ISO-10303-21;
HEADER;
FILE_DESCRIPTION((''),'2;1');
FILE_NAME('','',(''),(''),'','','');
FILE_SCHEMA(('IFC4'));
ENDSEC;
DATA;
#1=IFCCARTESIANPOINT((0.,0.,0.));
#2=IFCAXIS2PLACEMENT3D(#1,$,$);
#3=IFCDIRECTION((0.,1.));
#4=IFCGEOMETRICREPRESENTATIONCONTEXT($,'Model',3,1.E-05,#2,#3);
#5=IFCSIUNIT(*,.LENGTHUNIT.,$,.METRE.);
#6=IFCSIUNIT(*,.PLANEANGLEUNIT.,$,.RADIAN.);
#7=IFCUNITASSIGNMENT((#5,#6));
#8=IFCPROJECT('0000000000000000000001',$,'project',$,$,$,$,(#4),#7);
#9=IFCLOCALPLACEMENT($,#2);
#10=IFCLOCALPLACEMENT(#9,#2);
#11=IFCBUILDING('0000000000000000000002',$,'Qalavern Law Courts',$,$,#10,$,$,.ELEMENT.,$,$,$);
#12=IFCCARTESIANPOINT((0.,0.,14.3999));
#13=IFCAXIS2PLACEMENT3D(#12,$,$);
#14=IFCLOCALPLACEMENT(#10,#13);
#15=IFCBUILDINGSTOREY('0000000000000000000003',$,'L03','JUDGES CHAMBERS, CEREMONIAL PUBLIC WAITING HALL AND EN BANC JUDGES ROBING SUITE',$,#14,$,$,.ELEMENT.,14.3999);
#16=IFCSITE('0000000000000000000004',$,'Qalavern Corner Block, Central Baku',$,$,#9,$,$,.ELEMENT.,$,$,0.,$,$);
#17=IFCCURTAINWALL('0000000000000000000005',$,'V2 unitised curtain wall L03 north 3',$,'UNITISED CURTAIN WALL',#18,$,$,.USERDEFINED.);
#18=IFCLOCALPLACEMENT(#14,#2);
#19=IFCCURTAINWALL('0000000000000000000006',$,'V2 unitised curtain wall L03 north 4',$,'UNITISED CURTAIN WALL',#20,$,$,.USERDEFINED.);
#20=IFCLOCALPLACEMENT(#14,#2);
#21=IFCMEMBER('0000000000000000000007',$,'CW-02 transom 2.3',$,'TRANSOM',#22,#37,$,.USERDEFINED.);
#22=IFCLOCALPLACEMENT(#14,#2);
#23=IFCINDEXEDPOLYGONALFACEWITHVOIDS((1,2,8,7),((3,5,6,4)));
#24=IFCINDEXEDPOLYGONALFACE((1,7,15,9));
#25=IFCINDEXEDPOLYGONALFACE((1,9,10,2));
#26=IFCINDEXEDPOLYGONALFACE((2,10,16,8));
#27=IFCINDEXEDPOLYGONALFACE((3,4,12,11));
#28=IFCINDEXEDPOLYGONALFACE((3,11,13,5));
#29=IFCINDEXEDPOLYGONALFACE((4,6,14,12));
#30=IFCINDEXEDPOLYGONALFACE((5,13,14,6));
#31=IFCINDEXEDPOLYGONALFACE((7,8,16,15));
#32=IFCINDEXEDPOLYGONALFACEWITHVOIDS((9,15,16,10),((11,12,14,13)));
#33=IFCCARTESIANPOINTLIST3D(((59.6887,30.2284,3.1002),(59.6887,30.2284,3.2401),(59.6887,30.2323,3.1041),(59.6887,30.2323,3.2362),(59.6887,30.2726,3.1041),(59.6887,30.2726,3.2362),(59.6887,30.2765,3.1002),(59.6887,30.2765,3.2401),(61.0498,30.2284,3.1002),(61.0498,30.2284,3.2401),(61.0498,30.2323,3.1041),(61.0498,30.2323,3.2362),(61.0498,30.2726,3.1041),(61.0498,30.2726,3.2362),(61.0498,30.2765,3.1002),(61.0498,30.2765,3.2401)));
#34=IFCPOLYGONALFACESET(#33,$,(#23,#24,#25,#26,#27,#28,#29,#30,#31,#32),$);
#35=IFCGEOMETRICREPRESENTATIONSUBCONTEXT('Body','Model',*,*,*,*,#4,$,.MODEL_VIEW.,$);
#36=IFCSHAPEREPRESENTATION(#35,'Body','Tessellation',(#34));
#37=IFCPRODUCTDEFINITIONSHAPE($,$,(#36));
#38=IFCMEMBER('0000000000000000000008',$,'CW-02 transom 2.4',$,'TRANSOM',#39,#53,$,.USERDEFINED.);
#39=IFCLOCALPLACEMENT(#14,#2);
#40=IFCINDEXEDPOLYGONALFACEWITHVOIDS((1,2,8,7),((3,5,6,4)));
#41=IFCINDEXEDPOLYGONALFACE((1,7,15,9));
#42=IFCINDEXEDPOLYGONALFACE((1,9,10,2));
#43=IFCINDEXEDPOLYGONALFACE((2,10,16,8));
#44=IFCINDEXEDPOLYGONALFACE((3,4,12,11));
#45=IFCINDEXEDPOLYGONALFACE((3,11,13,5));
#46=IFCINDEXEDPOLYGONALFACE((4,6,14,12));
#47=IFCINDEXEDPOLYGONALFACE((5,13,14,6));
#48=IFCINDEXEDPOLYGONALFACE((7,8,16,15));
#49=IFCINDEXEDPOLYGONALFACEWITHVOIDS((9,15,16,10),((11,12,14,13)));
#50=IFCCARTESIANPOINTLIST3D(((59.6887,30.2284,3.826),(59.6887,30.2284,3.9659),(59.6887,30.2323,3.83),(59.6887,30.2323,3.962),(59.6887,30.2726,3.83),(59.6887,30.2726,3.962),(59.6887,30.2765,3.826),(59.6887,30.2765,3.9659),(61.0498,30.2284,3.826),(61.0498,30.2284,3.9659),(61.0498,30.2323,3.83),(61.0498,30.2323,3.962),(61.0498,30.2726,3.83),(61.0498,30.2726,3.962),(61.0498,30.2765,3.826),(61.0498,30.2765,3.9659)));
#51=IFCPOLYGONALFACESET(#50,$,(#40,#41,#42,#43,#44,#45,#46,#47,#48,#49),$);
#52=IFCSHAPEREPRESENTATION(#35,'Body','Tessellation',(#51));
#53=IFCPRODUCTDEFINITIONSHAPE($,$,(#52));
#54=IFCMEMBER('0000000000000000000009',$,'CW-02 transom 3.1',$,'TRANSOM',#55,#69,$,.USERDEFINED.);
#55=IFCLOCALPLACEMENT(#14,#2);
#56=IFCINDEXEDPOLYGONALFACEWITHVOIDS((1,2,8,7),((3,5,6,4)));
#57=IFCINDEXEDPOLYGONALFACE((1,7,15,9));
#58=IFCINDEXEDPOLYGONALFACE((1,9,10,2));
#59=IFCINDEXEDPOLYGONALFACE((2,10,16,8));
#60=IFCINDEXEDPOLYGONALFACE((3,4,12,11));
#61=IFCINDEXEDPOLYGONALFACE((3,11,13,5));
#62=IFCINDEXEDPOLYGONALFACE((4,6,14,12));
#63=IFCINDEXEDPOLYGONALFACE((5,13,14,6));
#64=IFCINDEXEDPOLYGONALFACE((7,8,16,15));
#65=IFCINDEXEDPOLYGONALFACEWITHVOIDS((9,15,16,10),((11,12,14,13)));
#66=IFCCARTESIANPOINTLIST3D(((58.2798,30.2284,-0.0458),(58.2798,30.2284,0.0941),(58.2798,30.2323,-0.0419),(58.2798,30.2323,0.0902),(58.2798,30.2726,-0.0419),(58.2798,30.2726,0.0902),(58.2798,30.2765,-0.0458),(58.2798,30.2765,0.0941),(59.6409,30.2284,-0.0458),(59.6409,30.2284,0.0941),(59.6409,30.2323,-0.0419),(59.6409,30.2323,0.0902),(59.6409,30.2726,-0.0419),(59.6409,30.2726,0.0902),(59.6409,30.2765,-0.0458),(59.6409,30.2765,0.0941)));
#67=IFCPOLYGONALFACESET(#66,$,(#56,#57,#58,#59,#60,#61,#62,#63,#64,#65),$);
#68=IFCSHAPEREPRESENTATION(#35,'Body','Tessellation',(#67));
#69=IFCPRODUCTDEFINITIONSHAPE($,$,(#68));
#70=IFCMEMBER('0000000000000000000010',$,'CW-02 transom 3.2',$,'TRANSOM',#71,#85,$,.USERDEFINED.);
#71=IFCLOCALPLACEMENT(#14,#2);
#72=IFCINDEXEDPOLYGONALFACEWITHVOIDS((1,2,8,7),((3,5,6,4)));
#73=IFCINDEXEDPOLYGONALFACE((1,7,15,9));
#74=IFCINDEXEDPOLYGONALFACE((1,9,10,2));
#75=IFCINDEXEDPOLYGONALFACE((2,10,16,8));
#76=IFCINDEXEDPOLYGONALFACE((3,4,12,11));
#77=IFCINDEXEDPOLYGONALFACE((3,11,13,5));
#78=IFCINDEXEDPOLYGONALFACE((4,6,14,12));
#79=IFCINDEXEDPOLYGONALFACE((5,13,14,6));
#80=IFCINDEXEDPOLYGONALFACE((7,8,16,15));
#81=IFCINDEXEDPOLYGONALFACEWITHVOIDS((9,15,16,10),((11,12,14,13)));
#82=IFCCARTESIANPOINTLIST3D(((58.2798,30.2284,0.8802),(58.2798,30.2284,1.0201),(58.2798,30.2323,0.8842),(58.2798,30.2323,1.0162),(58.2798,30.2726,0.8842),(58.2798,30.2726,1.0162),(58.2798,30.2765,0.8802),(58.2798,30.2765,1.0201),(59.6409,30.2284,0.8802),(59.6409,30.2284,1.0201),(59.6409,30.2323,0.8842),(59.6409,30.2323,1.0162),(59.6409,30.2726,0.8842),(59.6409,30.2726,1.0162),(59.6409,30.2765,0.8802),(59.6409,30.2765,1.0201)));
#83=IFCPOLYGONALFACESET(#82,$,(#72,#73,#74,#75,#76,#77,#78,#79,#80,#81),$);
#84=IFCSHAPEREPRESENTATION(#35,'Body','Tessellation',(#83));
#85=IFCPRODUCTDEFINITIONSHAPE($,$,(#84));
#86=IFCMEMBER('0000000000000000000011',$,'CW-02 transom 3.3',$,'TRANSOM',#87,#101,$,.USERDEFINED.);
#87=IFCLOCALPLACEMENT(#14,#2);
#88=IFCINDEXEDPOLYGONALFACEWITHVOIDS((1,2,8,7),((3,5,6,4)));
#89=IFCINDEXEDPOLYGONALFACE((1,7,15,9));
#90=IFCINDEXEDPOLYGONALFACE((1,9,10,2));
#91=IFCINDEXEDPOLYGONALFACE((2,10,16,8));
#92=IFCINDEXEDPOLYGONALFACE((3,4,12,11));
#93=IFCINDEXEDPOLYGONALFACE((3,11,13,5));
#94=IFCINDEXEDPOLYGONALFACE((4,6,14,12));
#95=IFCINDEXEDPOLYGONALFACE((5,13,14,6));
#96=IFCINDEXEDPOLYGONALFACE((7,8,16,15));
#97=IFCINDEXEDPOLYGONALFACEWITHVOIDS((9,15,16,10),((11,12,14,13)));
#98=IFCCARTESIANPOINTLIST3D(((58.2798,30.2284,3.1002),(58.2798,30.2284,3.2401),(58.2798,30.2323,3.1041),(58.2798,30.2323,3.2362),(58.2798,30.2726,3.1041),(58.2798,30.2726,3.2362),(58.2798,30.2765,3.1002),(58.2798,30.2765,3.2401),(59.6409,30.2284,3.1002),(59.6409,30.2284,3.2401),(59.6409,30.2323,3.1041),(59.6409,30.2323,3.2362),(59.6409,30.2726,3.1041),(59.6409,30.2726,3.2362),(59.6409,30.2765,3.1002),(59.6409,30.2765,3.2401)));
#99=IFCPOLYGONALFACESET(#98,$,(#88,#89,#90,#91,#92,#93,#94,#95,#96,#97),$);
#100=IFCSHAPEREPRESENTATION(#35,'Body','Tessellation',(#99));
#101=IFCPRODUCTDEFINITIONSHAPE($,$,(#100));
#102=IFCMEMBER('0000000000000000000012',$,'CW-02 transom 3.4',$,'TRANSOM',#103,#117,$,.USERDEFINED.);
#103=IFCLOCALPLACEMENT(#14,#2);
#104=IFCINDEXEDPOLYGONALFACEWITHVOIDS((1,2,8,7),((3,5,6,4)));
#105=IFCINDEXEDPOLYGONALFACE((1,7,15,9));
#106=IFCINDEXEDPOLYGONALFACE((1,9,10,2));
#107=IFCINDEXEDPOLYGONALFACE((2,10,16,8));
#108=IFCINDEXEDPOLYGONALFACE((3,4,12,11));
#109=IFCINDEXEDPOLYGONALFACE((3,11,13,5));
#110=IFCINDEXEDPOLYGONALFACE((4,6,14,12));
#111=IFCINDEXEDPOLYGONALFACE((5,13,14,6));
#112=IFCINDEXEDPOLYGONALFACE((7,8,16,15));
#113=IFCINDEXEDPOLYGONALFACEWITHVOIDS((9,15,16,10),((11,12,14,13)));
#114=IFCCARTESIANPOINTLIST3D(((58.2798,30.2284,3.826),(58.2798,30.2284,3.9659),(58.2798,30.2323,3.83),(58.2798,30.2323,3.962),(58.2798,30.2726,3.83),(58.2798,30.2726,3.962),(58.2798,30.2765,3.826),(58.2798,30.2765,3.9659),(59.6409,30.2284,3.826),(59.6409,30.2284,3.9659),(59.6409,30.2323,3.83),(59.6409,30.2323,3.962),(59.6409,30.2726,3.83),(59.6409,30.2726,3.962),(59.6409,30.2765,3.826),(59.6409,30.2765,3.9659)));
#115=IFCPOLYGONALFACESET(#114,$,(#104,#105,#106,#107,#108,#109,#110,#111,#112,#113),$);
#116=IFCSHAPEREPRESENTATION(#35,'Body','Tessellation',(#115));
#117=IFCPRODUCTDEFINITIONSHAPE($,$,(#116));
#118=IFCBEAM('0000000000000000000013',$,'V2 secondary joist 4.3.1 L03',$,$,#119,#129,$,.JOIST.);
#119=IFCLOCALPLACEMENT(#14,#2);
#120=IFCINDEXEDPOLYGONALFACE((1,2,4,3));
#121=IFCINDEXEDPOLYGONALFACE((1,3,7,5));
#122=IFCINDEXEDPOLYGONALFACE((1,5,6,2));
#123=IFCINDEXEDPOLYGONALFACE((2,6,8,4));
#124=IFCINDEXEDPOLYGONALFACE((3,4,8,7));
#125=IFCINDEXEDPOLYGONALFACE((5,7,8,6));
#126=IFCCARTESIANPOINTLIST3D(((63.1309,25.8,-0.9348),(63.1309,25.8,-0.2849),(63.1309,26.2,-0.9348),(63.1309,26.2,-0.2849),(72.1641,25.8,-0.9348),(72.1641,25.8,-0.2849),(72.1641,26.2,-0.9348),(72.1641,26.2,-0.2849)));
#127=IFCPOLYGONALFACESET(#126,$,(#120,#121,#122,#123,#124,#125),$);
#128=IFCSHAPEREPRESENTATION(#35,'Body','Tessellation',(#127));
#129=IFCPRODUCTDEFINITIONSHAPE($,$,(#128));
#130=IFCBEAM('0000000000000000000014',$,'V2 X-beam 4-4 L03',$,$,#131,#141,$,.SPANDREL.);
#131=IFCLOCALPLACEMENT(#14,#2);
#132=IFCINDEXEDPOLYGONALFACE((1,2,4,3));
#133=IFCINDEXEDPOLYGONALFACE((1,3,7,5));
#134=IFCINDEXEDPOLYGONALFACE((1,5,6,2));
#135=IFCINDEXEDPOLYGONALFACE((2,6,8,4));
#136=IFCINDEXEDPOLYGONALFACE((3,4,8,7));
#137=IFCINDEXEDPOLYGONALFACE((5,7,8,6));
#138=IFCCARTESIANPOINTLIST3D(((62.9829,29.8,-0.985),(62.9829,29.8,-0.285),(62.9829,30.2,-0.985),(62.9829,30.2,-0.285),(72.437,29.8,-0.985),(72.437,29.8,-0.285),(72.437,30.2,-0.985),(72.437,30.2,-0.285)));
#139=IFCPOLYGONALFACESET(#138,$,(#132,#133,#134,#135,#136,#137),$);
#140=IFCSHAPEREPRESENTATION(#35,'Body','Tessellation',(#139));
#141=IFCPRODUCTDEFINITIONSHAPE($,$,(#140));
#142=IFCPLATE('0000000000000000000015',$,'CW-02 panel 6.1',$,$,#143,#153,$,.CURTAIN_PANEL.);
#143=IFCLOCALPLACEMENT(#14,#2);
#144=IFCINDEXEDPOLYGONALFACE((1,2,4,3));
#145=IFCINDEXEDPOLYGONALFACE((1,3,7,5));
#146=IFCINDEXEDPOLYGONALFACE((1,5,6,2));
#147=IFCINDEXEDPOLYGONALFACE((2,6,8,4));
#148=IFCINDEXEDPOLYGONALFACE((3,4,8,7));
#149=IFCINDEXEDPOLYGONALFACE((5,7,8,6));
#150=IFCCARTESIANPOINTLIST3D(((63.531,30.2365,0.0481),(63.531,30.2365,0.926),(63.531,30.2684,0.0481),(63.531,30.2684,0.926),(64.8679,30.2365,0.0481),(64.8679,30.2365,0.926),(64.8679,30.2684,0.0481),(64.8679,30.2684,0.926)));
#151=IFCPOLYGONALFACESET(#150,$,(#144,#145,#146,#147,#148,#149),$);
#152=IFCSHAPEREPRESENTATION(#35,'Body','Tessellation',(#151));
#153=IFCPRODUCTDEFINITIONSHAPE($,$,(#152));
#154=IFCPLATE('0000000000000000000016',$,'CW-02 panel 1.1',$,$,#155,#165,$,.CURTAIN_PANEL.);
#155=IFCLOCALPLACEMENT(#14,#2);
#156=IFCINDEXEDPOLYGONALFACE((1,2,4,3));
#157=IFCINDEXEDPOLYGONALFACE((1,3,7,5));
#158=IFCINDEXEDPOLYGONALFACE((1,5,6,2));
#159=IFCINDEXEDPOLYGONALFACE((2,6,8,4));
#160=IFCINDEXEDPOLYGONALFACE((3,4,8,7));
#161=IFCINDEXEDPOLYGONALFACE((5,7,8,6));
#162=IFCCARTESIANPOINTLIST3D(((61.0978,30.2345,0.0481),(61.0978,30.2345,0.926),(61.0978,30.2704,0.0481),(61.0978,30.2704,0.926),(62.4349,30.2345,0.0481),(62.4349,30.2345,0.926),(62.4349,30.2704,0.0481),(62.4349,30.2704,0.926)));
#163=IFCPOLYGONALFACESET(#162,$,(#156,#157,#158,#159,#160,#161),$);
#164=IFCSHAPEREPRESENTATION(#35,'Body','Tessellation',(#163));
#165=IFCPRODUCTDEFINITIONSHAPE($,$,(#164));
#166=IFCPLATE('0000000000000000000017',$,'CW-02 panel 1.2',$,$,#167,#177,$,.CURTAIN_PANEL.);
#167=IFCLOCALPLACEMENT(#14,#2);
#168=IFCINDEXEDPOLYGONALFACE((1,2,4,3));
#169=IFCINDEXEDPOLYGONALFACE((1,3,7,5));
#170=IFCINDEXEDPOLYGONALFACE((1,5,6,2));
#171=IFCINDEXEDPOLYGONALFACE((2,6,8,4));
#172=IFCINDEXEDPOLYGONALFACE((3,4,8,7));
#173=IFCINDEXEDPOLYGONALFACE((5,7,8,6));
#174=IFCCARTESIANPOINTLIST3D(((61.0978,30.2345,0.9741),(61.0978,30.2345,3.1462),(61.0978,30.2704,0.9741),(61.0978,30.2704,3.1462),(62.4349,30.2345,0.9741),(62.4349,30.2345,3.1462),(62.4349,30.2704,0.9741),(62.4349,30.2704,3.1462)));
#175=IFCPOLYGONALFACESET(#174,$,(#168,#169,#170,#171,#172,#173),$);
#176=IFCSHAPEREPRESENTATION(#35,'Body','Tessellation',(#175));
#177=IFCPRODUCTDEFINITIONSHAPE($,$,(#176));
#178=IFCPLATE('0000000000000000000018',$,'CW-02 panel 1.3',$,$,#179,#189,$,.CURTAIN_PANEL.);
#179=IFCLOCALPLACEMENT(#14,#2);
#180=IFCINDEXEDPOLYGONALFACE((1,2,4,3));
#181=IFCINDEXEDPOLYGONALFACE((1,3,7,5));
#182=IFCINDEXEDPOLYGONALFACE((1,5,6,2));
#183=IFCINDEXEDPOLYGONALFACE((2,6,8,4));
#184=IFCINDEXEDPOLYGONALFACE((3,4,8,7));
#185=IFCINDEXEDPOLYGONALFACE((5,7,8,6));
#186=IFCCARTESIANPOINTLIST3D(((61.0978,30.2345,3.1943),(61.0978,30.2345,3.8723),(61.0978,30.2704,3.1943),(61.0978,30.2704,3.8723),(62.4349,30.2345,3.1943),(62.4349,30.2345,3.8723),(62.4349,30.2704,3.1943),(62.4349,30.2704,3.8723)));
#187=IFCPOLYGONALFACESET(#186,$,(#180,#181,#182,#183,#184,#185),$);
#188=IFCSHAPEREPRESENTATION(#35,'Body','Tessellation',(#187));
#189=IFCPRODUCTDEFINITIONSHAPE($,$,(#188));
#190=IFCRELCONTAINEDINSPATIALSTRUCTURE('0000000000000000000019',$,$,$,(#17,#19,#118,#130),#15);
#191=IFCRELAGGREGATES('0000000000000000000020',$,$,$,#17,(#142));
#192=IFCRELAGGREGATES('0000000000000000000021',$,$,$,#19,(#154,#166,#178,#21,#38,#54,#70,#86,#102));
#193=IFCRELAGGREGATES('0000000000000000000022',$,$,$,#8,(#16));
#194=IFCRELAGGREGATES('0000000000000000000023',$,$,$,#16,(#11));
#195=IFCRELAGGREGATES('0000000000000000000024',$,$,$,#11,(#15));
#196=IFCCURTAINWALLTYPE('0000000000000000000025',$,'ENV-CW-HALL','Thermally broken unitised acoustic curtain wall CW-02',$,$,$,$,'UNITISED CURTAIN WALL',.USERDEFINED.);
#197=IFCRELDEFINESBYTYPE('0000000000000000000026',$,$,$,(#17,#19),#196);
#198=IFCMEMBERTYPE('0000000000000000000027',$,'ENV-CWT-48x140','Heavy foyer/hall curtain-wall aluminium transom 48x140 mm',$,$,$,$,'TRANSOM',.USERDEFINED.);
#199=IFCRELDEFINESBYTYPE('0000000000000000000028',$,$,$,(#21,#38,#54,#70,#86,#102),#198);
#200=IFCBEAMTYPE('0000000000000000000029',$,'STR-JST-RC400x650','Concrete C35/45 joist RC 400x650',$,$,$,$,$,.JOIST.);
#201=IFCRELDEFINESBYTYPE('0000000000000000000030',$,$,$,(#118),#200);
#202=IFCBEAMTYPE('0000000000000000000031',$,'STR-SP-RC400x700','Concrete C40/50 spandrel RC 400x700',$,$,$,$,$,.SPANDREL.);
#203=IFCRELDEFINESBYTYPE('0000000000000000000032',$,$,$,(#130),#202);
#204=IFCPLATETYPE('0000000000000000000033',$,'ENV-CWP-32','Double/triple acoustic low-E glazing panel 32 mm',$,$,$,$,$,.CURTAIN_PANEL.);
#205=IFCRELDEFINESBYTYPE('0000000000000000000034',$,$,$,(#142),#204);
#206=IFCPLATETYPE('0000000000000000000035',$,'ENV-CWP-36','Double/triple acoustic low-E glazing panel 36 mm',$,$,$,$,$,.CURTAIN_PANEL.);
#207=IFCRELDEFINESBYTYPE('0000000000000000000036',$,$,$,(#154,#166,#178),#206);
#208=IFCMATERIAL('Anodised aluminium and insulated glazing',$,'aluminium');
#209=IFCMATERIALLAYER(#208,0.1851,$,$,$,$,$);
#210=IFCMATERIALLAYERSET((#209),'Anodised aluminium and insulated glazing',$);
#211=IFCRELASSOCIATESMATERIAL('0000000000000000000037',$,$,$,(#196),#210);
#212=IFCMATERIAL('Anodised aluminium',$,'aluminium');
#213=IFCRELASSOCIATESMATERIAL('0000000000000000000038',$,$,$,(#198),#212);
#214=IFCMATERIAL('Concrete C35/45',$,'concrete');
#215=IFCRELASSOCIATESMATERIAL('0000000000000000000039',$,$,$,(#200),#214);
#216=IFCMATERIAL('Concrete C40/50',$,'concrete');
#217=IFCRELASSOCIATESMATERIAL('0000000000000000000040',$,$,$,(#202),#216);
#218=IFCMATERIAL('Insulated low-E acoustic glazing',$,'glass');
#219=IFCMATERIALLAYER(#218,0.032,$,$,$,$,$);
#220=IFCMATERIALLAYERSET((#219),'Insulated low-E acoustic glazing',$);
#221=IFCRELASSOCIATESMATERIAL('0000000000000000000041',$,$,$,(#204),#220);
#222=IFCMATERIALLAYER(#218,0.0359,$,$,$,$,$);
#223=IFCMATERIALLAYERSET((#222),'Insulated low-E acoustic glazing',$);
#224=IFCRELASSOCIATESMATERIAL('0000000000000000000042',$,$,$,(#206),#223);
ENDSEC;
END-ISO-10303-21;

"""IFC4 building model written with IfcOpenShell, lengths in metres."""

from ifc_helpers import new_model, si_unit, direction, frame, origin, origin_2d, place, context, subcontext, project, spatial, rectangle, hollow_rectangle, extrude, material, layer, layer_set, material_profile, profile_set, type_object, element, aggregate, save


model = new_model("IFC4")

# Units and contexts
model_context = context("Model", 3, precision=1e-05, world=origin(), true_north=direction((0.0, 1.0)))
body_context = subcontext(model_context, "Body", "Model", "MODEL_VIEW")
ifc_project = project(units=[si_unit("LENGTHUNIT", "METRE"), si_unit("PLANEANGLEUNIT", "RADIAN")], contexts=[model_context])

# Site, building, storey
site_placement = place(None, origin())
site = spatial("IfcSite", under=ifc_project, at=site_placement, Name="Qalavern Corner Block, Central Baku", CompositionType="ELEMENT", RefElevation=0.0)
building_placement = place(site_placement, origin())
building = spatial("IfcBuilding", under=site, at=building_placement, Name="Qalavern Law Courts", CompositionType="ELEMENT")
storey_placement = place(building_placement, frame((0.0, 0.0, 14.3999)))
storey = spatial("IfcBuildingStorey", under=building, at=storey_placement, Name="L03", Description="JUDGES CHAMBERS, CEREMONIAL PUBLIC WAITING HALL AND EN BANC JUDGES ROBING SUITE", CompositionType="ELEMENT", Elevation=14.3999)

# Curtain wall
ifc_material_1 = material(Name="Anodised aluminium and insulated glazing", Category="aluminium")
ifc_layer_1 = layer(ifc_material_1, 0.1851)
ifc_layer_set_1 = layer_set([ifc_layer_1], Name="Anodised aluminium and insulated glazing")
curtain_wall_type = type_object("IfcCurtainWallType", Name="ENV-CW-HALL", Description="Thermally broken unitised acoustic curtain wall CW-02", ElementType="UNITISED CURTAIN WALL", PredefinedType="USERDEFINED", material=ifc_layer_set_1)
curtain_wall_1_placement = place(storey_placement, origin())
curtain_wall_1 = element("IfcCurtainWall", 1, at=curtain_wall_1_placement, inside=storey, type_object=curtain_wall_type, Name="V2 unitised curtain wall L03 north 3", ObjectType="UNITISED CURTAIN WALL", PredefinedType="USERDEFINED")
ifc_material_2 = material(Name="Anodised aluminium", Category="aluminium")

# Curtain wall, members
curtain_wall_2_placement = place(storey_placement, origin())
curtain_wall_2 = element("IfcCurtainWall", 2, at=curtain_wall_2_placement, inside=storey, type_object=curtain_wall_type, Name="V2 unitised curtain wall L03 north 4", ObjectType="UNITISED CURTAIN WALL", PredefinedType="USERDEFINED")
ifc_material_profile_1 = material_profile(ifc_material_2, hollow_rectangle(XDim=0.0481, YDim=0.1399, WallThickness=0.0039, at=origin_2d()), Name="ALU TRANSOM 48x140")
ifc_profile_set_1 = profile_set([ifc_material_profile_1], Name="Anodised aluminium")
member_type_1 = type_object("IfcMemberType", Name="ENV-CWT-48x140", Description="Heavy foyer/hall curtain-wall aluminium transom 48x140 mm", ElementType="TRANSOM", PredefinedType="USERDEFINED", material=ifc_profile_set_1)
member_1_placement = place(storey_placement, frame((61.0498, 30.2524, 3.1702), z_axis=(-1.0, 0.0, 0.0), x_axis=(0.0, -1.0, 0.0)))
member_1 = element("IfcMember", 3, at=member_1_placement, type_object=member_type_1, Name="CW-02 transom 2.3", ObjectType="TRANSOM", PredefinedType="USERDEFINED", context=body_context, shape_type="SweptSolid", body=[
    extrude(hollow_rectangle(XDim=0.0481, YDim=0.1399, WallThickness=0.0039, at=origin_2d()), origin(), (0.0, 0.0, 1.0), 1.3611),
])
member_2_placement = place(storey_placement, frame((61.0498, 30.2524, 3.896), z_axis=(-1.0, 0.0, 0.0), x_axis=(0.0, -1.0, 0.0)))
member_2 = element("IfcMember", 4, at=member_2_placement, type_object=member_type_1, Name="CW-02 transom 2.4", ObjectType="TRANSOM", PredefinedType="USERDEFINED", context=body_context, shape_type="SweptSolid", body=[
    extrude(hollow_rectangle(XDim=0.0481, YDim=0.1399, WallThickness=0.0039, at=origin_2d()), origin(), (0.0, 0.0, 1.0), 1.3611),
])
member_3_placement = place(storey_placement, frame((59.6409, 30.2524, 0.0242), z_axis=(-1.0, 0.0, 0.0), x_axis=(0.0, -1.0, 0.0)))
member_3 = element("IfcMember", 5, at=member_3_placement, type_object=member_type_1, Name="CW-02 transom 3.1", ObjectType="TRANSOM", PredefinedType="USERDEFINED", context=body_context, shape_type="SweptSolid", body=[
    extrude(hollow_rectangle(XDim=0.0481, YDim=0.1399, WallThickness=0.0039, at=origin_2d()), origin(), (0.0, 0.0, 1.0), 1.3611),
])
member_4_placement = place(storey_placement, frame((59.6409, 30.2524, 0.9502), z_axis=(-1.0, 0.0, 0.0), x_axis=(0.0, -1.0, 0.0)))
member_4 = element("IfcMember", 6, at=member_4_placement, type_object=member_type_1, Name="CW-02 transom 3.2", ObjectType="TRANSOM", PredefinedType="USERDEFINED", context=body_context, shape_type="SweptSolid", body=[
    extrude(hollow_rectangle(XDim=0.0481, YDim=0.1399, WallThickness=0.0039, at=origin_2d()), origin(), (0.0, 0.0, 1.0), 1.3611),
])
member_5_placement = place(storey_placement, frame((59.6409, 30.2524, 3.1702), z_axis=(-1.0, 0.0, 0.0), x_axis=(0.0, -1.0, 0.0)))
member_5 = element("IfcMember", 7, at=member_5_placement, type_object=member_type_1, Name="CW-02 transom 3.3", ObjectType="TRANSOM", PredefinedType="USERDEFINED", context=body_context, shape_type="SweptSolid", body=[
    extrude(hollow_rectangle(XDim=0.0481, YDim=0.1399, WallThickness=0.0039, at=origin_2d()), origin(), (0.0, 0.0, 1.0), 1.3611),
])
member_6_placement = place(storey_placement, frame((59.6409, 30.2524, 3.896), z_axis=(-1.0, 0.0, 0.0), x_axis=(0.0, -1.0, 0.0)))
member_6 = element("IfcMember", 8, at=member_6_placement, type_object=member_type_1, Name="CW-02 transom 3.4", ObjectType="TRANSOM", PredefinedType="USERDEFINED", context=body_context, shape_type="SweptSolid", body=[
    extrude(hollow_rectangle(XDim=0.0481, YDim=0.1399, WallThickness=0.0039, at=origin_2d()), origin(), (0.0, 0.0, 1.0), 1.3611),
])

# Beams
ifc_material_3 = material(Name="Concrete C35/45", Category="concrete")
ifc_material_profile_2 = material_profile(ifc_material_3, rectangle(XDim=0.3999, YDim=0.6499, at=origin_2d()), Name="RC 400x650")
ifc_profile_set_2 = profile_set([ifc_material_profile_2], Name="Concrete C35/45")
beam_type_1 = type_object("IfcBeamType", Name="STR-JST-RC400x650", Description="Concrete C35/45 joist RC 400x650", PredefinedType="JOIST", material=ifc_profile_set_2)
beam_1_placement = place(storey_placement, frame((63.1309, 26.0, -0.6099), z_axis=(1.0, 0.0, 0.0), x_axis=(0.0, 1.0, 0.0)))
element("IfcBeam", 9, at=beam_1_placement, inside=storey, type_object=beam_type_1, Name="V2 secondary joist 4.3.1 L03", PredefinedType="JOIST", context=body_context, shape_type="SweptSolid", body=[
    extrude(rectangle(XDim=0.3999, YDim=0.6499, at=origin_2d()), origin(), (0.0, 0.0, 1.0), 9.0332),
])
ifc_material_4 = material(Name="Concrete C40/50", Category="concrete")
ifc_material_profile_3 = material_profile(ifc_material_4, rectangle(XDim=0.3999, YDim=0.7, at=origin_2d()), Name="RC 400x700")
ifc_profile_set_3 = profile_set([ifc_material_profile_3], Name="Concrete C40/50")
beam_type_2 = type_object("IfcBeamType", Name="STR-SP-RC400x700", Description="Concrete C40/50 spandrel RC 400x700", PredefinedType="SPANDREL", material=ifc_profile_set_3)
beam_2_placement = place(storey_placement, frame((62.9829, 30.0, -0.635), z_axis=(1.0, 0.0, 0.0), x_axis=(0.0, 1.0, 0.0)))
element("IfcBeam", 10, at=beam_2_placement, inside=storey, type_object=beam_type_2, Name="V2 X-beam 4-4 L03", PredefinedType="SPANDREL", context=body_context, shape_type="SweptSolid", body=[
    extrude(rectangle(XDim=0.3999, YDim=0.7, at=origin_2d()), origin(), (0.0, 0.0, 1.0), 9.4541),
])

# Plates
ifc_material_5 = material(Name="Insulated low-E acoustic glazing", Category="glass")
ifc_layer_2 = layer(ifc_material_5, 0.032)
ifc_layer_set_2 = layer_set([ifc_layer_2], Name="Insulated low-E acoustic glazing")
plate_type_1 = type_object("IfcPlateType", Name="ENV-CWP-32", Description="Double/triple acoustic low-E glazing panel 32 mm", PredefinedType="CURTAIN_PANEL", material=ifc_layer_set_2)
plate_1_placement = place(storey_placement, frame((64.1995, 30.2524, 0.0481), z_axis=(0.0, 0.0, 1.0), x_axis=(-1.0, 0.0, 0.0)))
plate_1 = element("IfcPlate", 11, at=plate_1_placement, type_object=plate_type_1, Name="CW-02 panel 6.1", PredefinedType="CURTAIN_PANEL", context=body_context, shape_type="SweptSolid", body=[
    extrude(rectangle(XDim=1.3369, YDim=0.032, at=origin_2d()), origin(), (0.0, 0.0, 1.0), 0.8779),
])
aggregate(curtain_wall_1, [plate_1])
ifc_layer_3 = layer(ifc_material_5, 0.0359)
ifc_layer_set_3 = layer_set([ifc_layer_3], Name="Insulated low-E acoustic glazing")
plate_type_2 = type_object("IfcPlateType", Name="ENV-CWP-36", Description="Double/triple acoustic low-E glazing panel 36 mm", PredefinedType="CURTAIN_PANEL", material=ifc_layer_set_3)
plate_2_placement = place(storey_placement, frame((61.7664, 30.2524, 0.0481), z_axis=(0.0, 0.0, 1.0), x_axis=(-1.0, 0.0, 0.0)))
plate_2 = element("IfcPlate", 12, at=plate_2_placement, type_object=plate_type_2, Name="CW-02 panel 1.1", PredefinedType="CURTAIN_PANEL", context=body_context, shape_type="SweptSolid", body=[
    extrude(rectangle(XDim=1.3372, YDim=0.0359, at=origin_2d()), origin(), (0.0, 0.0, 1.0), 0.8779),
])
plate_3_placement = place(storey_placement, frame((61.7664, 30.2524, 0.9741), z_axis=(0.0, 0.0, 1.0), x_axis=(-1.0, 0.0, 0.0)))
plate_3 = element("IfcPlate", 13, at=plate_3_placement, type_object=plate_type_2, Name="CW-02 panel 1.2", PredefinedType="CURTAIN_PANEL", context=body_context, shape_type="SweptSolid", body=[
    extrude(rectangle(XDim=1.3372, YDim=0.0359, at=origin_2d()), origin(), (0.0, 0.0, 1.0), 2.1721),
])
plate_4_placement = place(storey_placement, frame((61.7664, 30.2524, 3.1943), z_axis=(0.0, 0.0, 1.0), x_axis=(-1.0, 0.0, 0.0)))
plate_4 = element("IfcPlate", 14, at=plate_4_placement, type_object=plate_type_2, Name="CW-02 panel 1.3", PredefinedType="CURTAIN_PANEL", context=body_context, shape_type="SweptSolid", body=[
    extrude(rectangle(XDim=1.3372, YDim=0.0359, at=origin_2d()), origin(), (0.0, 0.0, 1.0), 0.678),
])
aggregate(curtain_wall_2, [plate_2, plate_3, plate_4, member_1, member_2, member_3, member_4, member_5, member_6])

save(model, "model.ifc")
